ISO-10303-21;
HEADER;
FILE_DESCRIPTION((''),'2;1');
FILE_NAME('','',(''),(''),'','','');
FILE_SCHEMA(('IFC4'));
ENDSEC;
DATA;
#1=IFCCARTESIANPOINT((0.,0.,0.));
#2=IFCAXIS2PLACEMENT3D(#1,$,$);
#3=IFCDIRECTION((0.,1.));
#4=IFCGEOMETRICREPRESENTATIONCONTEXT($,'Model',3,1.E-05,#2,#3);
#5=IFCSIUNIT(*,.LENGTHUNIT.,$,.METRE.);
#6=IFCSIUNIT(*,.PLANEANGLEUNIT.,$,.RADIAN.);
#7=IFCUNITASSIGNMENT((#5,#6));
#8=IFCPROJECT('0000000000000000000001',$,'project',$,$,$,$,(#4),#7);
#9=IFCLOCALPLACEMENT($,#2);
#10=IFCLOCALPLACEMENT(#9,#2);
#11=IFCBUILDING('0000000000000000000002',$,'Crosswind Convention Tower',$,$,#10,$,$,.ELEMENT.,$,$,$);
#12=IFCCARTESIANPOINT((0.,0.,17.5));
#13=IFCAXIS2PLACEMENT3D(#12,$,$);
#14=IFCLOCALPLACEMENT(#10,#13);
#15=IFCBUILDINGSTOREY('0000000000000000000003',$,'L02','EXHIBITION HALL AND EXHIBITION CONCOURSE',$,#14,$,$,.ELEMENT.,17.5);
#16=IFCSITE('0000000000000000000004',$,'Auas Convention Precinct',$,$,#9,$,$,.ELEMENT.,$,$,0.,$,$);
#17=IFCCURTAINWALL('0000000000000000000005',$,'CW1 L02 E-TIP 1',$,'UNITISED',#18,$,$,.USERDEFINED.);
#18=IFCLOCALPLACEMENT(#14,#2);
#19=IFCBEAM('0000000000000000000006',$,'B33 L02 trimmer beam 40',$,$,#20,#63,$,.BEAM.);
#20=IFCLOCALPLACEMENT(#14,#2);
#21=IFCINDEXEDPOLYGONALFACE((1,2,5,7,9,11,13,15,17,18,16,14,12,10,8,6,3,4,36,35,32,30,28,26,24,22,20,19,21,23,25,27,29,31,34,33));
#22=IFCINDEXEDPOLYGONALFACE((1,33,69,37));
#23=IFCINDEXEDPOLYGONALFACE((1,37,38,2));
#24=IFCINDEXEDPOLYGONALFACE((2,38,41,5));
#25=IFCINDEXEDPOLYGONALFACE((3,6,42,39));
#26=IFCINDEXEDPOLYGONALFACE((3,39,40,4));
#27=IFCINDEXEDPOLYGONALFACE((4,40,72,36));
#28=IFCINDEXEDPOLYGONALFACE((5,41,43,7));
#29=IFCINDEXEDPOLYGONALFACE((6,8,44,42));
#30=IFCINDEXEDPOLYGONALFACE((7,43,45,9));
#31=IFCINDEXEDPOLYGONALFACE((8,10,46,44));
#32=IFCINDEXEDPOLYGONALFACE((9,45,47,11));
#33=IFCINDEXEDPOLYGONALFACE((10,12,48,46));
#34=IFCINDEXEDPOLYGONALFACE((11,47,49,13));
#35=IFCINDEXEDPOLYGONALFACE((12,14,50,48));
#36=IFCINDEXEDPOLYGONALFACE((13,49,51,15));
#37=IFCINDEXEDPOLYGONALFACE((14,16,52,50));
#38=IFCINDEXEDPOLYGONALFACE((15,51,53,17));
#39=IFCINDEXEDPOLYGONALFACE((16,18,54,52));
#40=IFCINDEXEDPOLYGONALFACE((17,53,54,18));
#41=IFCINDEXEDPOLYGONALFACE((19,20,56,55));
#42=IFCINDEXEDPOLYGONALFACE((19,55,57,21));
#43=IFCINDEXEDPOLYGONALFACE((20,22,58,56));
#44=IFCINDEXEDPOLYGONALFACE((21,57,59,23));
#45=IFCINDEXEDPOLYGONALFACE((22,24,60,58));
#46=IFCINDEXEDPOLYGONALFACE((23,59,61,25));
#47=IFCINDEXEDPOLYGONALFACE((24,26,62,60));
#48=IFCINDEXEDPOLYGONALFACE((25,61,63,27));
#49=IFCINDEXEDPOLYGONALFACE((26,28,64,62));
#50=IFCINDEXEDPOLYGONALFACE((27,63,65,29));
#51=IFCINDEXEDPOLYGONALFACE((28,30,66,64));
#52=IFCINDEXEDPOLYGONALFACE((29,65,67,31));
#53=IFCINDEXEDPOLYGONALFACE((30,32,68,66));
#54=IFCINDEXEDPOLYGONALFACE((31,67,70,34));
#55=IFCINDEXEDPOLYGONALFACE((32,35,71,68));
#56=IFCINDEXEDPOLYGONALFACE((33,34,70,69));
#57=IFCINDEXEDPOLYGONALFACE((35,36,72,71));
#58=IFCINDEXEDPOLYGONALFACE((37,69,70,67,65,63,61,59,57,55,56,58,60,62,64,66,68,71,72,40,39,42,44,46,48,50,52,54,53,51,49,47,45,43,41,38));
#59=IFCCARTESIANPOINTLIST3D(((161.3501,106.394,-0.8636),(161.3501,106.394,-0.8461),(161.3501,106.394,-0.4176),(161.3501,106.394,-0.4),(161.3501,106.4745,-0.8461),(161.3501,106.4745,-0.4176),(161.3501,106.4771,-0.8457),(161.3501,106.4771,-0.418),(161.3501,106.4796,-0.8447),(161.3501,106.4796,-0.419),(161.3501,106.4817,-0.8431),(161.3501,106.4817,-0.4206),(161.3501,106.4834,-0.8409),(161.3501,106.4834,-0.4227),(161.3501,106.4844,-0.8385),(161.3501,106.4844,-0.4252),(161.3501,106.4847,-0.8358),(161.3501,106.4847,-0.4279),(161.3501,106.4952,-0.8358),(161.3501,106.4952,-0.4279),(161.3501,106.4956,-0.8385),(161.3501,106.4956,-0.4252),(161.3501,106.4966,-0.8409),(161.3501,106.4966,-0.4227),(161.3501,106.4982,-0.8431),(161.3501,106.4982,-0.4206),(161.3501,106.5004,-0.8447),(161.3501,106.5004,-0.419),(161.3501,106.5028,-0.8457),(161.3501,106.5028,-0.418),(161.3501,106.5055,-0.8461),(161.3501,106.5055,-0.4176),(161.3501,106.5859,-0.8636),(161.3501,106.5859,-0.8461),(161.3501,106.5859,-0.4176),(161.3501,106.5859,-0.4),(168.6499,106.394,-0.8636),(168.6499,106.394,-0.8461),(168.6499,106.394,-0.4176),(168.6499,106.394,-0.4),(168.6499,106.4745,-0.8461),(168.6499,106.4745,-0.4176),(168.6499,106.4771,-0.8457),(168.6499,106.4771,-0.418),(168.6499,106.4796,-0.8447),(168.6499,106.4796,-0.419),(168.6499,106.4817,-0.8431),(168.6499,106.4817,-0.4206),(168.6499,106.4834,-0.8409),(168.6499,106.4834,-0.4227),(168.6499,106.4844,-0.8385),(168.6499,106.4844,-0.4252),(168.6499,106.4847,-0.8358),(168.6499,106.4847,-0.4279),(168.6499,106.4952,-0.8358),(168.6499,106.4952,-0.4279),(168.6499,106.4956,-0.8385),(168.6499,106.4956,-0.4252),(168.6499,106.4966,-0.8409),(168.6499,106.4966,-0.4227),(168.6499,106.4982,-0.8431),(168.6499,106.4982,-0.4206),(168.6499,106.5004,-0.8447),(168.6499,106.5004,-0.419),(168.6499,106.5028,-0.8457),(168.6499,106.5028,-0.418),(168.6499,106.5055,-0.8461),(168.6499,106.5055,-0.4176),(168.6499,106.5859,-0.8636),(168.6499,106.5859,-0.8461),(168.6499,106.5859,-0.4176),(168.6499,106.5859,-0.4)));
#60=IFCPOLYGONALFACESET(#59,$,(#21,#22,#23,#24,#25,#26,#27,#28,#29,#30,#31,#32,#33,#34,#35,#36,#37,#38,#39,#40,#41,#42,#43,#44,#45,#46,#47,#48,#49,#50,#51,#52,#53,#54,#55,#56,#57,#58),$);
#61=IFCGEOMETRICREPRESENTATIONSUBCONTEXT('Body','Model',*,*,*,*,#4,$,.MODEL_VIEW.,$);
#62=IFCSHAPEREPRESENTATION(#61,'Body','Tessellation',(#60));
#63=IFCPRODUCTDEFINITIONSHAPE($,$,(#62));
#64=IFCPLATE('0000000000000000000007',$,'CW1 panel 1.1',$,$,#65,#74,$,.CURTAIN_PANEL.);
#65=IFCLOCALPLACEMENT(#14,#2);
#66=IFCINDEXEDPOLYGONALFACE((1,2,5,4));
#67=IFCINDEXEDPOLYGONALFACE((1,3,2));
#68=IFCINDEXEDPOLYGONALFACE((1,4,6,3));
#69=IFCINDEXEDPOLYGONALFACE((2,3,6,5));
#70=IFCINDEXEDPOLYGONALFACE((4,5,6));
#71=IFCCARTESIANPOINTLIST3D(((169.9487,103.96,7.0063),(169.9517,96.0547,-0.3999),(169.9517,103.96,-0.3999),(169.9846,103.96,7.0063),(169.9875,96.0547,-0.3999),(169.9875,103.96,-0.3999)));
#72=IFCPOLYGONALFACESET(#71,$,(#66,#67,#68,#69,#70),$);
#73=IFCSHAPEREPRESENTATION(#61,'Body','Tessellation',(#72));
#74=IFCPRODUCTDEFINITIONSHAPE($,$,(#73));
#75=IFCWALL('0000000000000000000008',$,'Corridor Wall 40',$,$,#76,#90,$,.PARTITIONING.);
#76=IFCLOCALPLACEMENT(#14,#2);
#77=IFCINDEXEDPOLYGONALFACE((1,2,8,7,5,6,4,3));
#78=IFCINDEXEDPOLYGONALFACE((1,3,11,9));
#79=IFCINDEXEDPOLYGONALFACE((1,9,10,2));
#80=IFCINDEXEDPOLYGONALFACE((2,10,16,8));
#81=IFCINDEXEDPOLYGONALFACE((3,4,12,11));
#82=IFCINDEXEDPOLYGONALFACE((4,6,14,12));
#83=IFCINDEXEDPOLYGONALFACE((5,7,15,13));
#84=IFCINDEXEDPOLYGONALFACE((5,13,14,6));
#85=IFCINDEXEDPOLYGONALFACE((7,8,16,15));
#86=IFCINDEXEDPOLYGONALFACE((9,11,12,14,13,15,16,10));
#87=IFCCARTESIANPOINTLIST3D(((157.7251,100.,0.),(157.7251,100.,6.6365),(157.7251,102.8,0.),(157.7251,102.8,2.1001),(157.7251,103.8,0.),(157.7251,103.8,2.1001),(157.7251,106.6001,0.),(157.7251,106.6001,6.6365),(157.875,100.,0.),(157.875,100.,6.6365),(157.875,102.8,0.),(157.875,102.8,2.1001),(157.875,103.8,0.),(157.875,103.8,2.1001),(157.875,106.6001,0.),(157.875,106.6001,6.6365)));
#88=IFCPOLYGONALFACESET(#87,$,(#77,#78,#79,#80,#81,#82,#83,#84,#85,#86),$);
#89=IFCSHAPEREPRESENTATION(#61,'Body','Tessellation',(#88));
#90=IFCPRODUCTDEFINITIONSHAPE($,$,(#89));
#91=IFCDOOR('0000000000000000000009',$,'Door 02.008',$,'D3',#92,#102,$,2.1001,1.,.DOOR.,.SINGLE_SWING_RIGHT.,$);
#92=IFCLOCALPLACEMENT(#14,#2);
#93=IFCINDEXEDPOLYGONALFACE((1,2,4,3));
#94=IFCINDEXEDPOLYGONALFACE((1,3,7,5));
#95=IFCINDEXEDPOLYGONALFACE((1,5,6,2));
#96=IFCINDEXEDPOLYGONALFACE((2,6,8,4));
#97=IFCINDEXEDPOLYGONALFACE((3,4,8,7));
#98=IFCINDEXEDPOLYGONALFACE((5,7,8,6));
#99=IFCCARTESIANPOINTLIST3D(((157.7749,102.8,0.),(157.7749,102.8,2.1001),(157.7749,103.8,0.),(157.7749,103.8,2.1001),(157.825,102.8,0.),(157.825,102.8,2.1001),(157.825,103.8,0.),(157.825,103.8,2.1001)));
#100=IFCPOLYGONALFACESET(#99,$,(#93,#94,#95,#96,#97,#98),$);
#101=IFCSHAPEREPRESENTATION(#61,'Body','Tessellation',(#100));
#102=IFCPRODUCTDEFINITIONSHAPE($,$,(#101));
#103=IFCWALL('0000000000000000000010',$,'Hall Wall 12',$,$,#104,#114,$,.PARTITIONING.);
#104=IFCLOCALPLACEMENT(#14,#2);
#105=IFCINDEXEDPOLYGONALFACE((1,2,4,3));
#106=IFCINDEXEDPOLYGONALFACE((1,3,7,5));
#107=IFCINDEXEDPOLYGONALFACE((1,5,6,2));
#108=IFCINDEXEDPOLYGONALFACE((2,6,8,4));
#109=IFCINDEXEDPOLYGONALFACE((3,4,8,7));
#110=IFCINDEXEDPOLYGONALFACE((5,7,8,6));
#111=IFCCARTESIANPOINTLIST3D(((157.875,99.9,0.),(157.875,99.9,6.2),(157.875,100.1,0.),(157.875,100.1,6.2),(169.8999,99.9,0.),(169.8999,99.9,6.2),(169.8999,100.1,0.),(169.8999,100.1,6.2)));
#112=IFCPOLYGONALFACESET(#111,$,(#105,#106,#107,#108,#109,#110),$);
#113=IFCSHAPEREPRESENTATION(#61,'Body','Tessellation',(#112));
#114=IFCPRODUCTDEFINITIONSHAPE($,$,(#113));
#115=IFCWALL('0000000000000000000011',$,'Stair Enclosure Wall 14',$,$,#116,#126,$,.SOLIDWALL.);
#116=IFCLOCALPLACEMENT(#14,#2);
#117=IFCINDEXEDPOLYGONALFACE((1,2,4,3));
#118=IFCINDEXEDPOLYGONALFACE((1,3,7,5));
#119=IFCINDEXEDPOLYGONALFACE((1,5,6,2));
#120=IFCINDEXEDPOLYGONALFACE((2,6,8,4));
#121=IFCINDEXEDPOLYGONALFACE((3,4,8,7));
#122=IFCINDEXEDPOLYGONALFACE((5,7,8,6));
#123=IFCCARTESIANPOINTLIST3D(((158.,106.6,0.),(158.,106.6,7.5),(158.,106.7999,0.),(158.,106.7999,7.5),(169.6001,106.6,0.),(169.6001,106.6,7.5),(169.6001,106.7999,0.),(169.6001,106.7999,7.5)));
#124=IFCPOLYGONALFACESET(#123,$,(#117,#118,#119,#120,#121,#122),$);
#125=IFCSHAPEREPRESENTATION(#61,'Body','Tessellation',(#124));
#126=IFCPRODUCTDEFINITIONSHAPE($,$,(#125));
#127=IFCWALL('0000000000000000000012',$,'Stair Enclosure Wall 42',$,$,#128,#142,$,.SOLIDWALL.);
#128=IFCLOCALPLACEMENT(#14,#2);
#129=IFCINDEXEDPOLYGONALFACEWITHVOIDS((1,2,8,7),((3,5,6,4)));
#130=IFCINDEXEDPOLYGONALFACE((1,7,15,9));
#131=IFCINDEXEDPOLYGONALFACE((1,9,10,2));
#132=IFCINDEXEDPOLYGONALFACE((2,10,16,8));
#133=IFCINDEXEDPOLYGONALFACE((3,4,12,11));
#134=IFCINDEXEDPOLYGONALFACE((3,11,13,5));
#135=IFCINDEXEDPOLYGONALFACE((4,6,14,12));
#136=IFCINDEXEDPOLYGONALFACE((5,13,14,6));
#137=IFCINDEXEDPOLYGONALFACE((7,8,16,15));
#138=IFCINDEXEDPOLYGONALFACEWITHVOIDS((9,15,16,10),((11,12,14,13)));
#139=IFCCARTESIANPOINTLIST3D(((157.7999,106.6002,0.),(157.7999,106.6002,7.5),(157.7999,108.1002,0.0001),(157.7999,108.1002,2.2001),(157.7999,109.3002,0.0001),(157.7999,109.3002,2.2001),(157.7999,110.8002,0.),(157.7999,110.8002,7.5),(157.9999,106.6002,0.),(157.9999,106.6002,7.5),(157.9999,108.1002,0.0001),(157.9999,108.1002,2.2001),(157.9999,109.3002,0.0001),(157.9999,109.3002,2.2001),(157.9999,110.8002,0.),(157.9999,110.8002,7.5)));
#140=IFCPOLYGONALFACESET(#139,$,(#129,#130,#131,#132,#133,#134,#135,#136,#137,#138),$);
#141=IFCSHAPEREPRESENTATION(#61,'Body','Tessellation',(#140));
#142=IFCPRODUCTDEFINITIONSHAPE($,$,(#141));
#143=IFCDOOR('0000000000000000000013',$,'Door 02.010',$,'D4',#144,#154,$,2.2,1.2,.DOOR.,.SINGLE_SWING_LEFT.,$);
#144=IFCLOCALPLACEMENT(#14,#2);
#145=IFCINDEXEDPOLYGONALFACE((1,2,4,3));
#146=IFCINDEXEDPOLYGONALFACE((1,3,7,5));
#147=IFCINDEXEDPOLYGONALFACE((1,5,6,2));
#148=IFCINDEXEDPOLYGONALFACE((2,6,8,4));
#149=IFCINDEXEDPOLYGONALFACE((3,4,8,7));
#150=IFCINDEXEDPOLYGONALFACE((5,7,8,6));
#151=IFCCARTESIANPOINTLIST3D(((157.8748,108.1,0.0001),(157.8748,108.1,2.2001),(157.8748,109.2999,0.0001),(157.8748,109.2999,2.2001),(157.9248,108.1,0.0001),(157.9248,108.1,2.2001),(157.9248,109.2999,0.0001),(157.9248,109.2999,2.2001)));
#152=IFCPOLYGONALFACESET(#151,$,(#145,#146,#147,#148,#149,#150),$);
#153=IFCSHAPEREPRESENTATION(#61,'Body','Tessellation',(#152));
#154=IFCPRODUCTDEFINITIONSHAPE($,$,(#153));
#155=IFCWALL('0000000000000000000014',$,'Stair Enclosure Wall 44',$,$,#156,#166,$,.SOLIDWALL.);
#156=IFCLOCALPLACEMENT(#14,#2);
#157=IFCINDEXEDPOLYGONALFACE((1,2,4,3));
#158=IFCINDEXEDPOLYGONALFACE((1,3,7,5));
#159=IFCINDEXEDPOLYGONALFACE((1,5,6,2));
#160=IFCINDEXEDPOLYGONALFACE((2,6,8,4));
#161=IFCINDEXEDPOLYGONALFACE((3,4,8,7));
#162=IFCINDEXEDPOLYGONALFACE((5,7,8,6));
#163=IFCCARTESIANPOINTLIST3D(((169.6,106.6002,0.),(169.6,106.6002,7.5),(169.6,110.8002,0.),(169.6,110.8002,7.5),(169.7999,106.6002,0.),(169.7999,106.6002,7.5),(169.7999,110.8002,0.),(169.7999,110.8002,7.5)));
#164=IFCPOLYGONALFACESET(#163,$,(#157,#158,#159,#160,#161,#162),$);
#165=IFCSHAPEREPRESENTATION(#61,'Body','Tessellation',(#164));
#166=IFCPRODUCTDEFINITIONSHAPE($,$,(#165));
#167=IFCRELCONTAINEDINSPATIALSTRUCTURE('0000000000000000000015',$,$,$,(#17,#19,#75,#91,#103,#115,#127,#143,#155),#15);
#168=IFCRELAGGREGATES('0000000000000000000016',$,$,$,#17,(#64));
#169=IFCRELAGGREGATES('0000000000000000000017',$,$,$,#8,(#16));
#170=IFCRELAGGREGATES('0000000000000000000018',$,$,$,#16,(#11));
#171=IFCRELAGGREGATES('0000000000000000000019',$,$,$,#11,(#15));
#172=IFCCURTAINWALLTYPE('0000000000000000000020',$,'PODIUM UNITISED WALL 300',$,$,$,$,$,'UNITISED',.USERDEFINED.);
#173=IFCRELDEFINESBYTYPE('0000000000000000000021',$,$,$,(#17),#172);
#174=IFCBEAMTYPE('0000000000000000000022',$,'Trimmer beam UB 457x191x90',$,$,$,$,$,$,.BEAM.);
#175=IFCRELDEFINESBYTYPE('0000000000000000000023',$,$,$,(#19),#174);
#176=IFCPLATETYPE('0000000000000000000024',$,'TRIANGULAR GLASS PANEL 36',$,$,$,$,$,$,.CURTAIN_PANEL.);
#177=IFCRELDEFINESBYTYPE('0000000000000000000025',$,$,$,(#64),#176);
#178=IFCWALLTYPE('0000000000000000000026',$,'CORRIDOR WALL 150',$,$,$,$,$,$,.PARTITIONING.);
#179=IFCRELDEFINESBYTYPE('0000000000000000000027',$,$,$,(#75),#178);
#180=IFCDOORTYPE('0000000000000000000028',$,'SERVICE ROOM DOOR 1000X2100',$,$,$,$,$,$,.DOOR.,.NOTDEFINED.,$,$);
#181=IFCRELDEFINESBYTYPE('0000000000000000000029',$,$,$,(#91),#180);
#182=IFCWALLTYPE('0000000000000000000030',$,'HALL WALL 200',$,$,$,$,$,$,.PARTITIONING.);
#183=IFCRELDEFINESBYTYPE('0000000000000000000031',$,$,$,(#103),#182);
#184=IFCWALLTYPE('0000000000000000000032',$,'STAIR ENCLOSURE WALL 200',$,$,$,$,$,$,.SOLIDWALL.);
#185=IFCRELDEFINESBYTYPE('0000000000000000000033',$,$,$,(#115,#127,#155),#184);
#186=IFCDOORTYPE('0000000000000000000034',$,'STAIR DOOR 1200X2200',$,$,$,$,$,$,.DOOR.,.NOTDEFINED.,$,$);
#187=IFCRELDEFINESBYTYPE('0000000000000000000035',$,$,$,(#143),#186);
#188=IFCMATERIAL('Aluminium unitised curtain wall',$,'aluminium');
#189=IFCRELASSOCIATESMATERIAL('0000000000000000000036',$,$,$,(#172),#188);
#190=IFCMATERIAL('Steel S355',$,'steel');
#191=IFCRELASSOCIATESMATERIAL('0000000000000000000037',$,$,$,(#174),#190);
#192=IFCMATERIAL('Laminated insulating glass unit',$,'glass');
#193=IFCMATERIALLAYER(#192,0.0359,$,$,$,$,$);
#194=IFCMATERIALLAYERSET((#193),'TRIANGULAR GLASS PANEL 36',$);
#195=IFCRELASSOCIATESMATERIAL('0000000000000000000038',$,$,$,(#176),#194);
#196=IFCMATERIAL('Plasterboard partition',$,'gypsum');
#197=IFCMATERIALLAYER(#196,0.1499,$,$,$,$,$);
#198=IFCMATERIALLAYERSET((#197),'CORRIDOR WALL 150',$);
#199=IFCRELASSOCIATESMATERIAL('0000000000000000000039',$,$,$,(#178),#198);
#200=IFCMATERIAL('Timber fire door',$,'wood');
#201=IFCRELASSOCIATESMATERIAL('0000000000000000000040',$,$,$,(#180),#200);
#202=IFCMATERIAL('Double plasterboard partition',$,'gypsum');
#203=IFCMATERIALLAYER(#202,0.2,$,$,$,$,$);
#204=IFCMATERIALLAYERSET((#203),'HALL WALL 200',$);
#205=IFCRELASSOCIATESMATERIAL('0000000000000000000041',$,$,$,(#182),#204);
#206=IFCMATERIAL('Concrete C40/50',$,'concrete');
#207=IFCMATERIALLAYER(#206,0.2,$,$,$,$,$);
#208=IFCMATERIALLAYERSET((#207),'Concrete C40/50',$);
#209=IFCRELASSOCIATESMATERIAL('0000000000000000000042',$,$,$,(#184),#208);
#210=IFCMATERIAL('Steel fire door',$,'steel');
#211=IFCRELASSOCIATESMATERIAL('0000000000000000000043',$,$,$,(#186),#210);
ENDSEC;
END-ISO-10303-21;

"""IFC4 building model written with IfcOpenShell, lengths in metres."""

from ifc_helpers import new_model, si_unit, direction, frame, frame_2d, origin, origin_2d, place, context, subcontext, project, spatial, polyline, rectangle, i_section, outline, extrude, material, layer, layer_set, material_profile, profile_set, type_object, element, fill, aggregate, save


model = new_model("IFC4")

# Units and contexts
model_context = context("Model", 3, precision=1e-05, world=origin(), true_north=direction((0.0, 1.0)))
body_context = subcontext(model_context, "Body", "Model", "MODEL_VIEW")
ifc_project = project(units=[si_unit("LENGTHUNIT", "METRE"), si_unit("PLANEANGLEUNIT", "RADIAN")], contexts=[model_context])

# Site, building, storey
site_placement = place(None, origin())
site = spatial("IfcSite", under=ifc_project, at=site_placement, Name="Auas Convention Precinct", CompositionType="ELEMENT", RefElevation=0.0)
building_placement = place(site_placement, origin())
building = spatial("IfcBuilding", under=site, at=building_placement, Name="Crosswind Convention Tower", CompositionType="ELEMENT")
storey_placement = place(building_placement, frame((0.0, 0.0, 17.5)))
storey = spatial("IfcBuildingStorey", under=building, at=storey_placement, Name="L02", Description="EXHIBITION HALL AND EXHIBITION CONCOURSE", CompositionType="ELEMENT", Elevation=17.5)

# Curtain wall
ifc_material_1 = material(Name="Aluminium unitised curtain wall", Category="aluminium")
curtain_wall_type = type_object("IfcCurtainWallType", Name="PODIUM UNITISED WALL 300", ElementType="UNITISED", PredefinedType="USERDEFINED", material=ifc_material_1)
curtain_wall_placement = place(storey_placement, origin())
curtain_wall = element("IfcCurtainWall", 1, at=curtain_wall_placement, inside=storey, type_object=curtain_wall_type, Name="CW1 L02 E-TIP 1", ObjectType="UNITISED", PredefinedType="USERDEFINED")

# Beam
ifc_material_2 = material(Name="Steel S355", Category="steel")
ifc_material_profile_1 = material_profile(ifc_material_2, i_section(OverallWidth=0.1919, OverallDepth=0.4636, WebThickness=0.0105, FlangeThickness=0.0176, FilletRadius=0.0103, at=origin_2d()), Name="UB 457x191x90")
ifc_profile_set_1 = profile_set([ifc_material_profile_1], Name="Steel S355")
beam_type_1 = type_object("IfcBeamType", Name="Trimmer beam UB 457x191x90", PredefinedType="BEAM", material=ifc_profile_set_1)
beam_placement = place(storey_placement, frame((161.3501, 106.49, -0.6318), z_axis=(1.0, 0.0, 0.0), x_axis=(0.0, 1.0, 0.0)))
element("IfcBeam", 2, at=beam_placement, inside=storey, type_object=beam_type_1, Name="B33 L02 trimmer beam 40", PredefinedType="BEAM", context=body_context, shape_type="SweptSolid", body=[
    extrude(i_section(OverallWidth=0.1919, OverallDepth=0.4636, WebThickness=0.0105, FlangeThickness=0.0176, FilletRadius=0.0103, at=origin_2d()), origin(), (0.0, 0.0, 1.0), 7.2998),
])

# Plate
ifc_material_3 = material(Name="Laminated insulating glass unit", Category="glass")
ifc_layer_1 = layer(ifc_material_3, 0.0359)
ifc_layer_set_1 = layer_set([ifc_layer_1], Name="TRIANGULAR GLASS PANEL 36")
plate_type = type_object("IfcPlateType", Name="TRIANGULAR GLASS PANEL 36", PredefinedType="CURTAIN_PANEL", material=ifc_layer_set_1)
plate_placement = place(storey_placement, frame((169.9875, 103.96, -0.3999), z_axis=(1.0, 0.0, 0.000396), x_axis=(-0.000396, 0.0, 1.0)))
plate = element("IfcPlate", 3, at=plate_placement, type_object=plate_type, Name="CW1 panel 1.1", PredefinedType="CURTAIN_PANEL", context=body_context, shape_type="SweptSolid", body=[
    extrude(outline(polyline([(0.0, 0.0), (7.4063, 0.0), (0.0, 7.9053), (0.0, 0.0)])), origin(), (0.0, 0.0, -1.0), 0.0359),
])
aggregate(curtain_wall, [plate])

# Wall, opening, door
ifc_material_4 = material(Name="Plasterboard partition", Category="gypsum")
ifc_layer_2 = layer(ifc_material_4, 0.1499)
ifc_layer_set_2 = layer_set([ifc_layer_2], Name="CORRIDOR WALL 150")
wall_type_1 = type_object("IfcWallType", Name="CORRIDOR WALL 150", PredefinedType="PARTITIONING", material=ifc_layer_set_2)
wall_1_placement = place(storey_placement, frame((157.8, 100.0, 0.0), z_axis=(0.0, 0.0, 1.0), x_axis=(0.0, 1.0, 0.0)))
wall_1 = element("IfcWall", 4, at=wall_1_placement, inside=storey, type_object=wall_type_1, Name="Corridor Wall 40", PredefinedType="PARTITIONING", context=body_context, shape_type="SweptSolid", body=[
    extrude(rectangle(XDim=6.6001, YDim=0.1499, at=frame_2d((3.3, 0.0))), origin(), (0.0, 0.0, 1.0), 6.6365),
])
opening_1_placement = place(wall_1_placement, frame((2.8, 0.0, 0.0)))
opening_1 = element("IfcOpeningElement", 5, at=opening_1_placement, cuts=wall_1, PredefinedType="OPENING", context=body_context, shape_type="SweptSolid", body=[
    extrude(rectangle(XDim=1.0, YDim=2.1001, at=frame_2d((0.5, 1.05))), frame((0.0, 0.085, 0.0), z_axis=(0.0, -1.0, 0.0), x_axis=(1.0, 0.0, 0.0)), (0.0, 0.0, 1.0), 0.1699),
])
ifc_material_5 = material(Name="Timber fire door", Category="wood")
door_type_1 = type_object("IfcDoorType", Name="SERVICE ROOM DOOR 1000X2100", OperationType="NOTDEFINED", PredefinedType="DOOR", material=ifc_material_5)
door_1_placement = place(opening_1_placement, frame((1.0, 0.0, 0.0), z_axis=(0.0, 0.0, 1.0), x_axis=(-1.0, 0.0, 0.0)))
door_1 = element("IfcDoor", 6, at=door_1_placement, inside=storey, type_object=door_type_1, Name="Door 02.008", ObjectType="D3", OperationType="SINGLE_SWING_RIGHT", OverallHeight=2.1001, OverallWidth=1.0, PredefinedType="DOOR", context=body_context, shape_type="SweptSolid", body=[
    extrude(rectangle(XDim=1.0, YDim=2.1001, at=frame_2d((0.5, 1.05))), frame((0.0, 0.0249, 0.0), z_axis=(0.0, -1.0, 0.0), x_axis=(1.0, 0.0, 0.0)), (0.0, 0.0, 1.0), 0.05),
])
fill(opening_1, door_1)

# Walls
ifc_material_6 = material(Name="Double plasterboard partition", Category="gypsum")
ifc_layer_3 = layer(ifc_material_6, 0.2)
ifc_layer_set_3 = layer_set([ifc_layer_3], Name="HALL WALL 200")
wall_type_2 = type_object("IfcWallType", Name="HALL WALL 200", PredefinedType="PARTITIONING", material=ifc_layer_set_3)
wall_2_placement = place(storey_placement, frame((157.875, 100.0, 0.0), z_axis=(0.0, 0.0, 1.0), x_axis=(1.0, 0.0, 0.0)))
element("IfcWall", 7, at=wall_2_placement, inside=storey, type_object=wall_type_2, Name="Hall Wall 12", PredefinedType="PARTITIONING", context=body_context, shape_type="SweptSolid", body=[
    extrude(rectangle(XDim=12.0249, YDim=0.2, at=frame_2d((6.0125, 0.0))), origin(), (0.0, 0.0, 1.0), 6.2),
])
ifc_material_7 = material(Name="Concrete C40/50", Category="concrete")
ifc_layer_4 = layer(ifc_material_7, 0.2)
ifc_layer_set_4 = layer_set([ifc_layer_4], Name="Concrete C40/50")
wall_type_3 = type_object("IfcWallType", Name="STAIR ENCLOSURE WALL 200", PredefinedType="SOLIDWALL", material=ifc_layer_set_4)
wall_3_placement = place(storey_placement, frame((158.0, 106.7, 0.0), z_axis=(0.0, 0.0, 1.0), x_axis=(1.0, 0.0, 0.0)))
element("IfcWall", 8, at=wall_3_placement, inside=storey, type_object=wall_type_3, Name="Stair Enclosure Wall 14", PredefinedType="SOLIDWALL", context=body_context, shape_type="SweptSolid", body=[
    extrude(rectangle(XDim=11.6001, YDim=0.2, at=frame_2d((5.8, 0.0))), origin(), (0.0, 0.0, 1.0), 7.5),
])

# Wall, opening, door
wall_4_placement = place(storey_placement, frame((157.8999, 106.6001, 0.0), z_axis=(0.0, 0.0, 1.0), x_axis=(0.0, 1.0, 0.0)))
wall_4 = element("IfcWall", 9, at=wall_4_placement, inside=storey, type_object=wall_type_3, Name="Stair Enclosure Wall 42", PredefinedType="SOLIDWALL", context=body_context, shape_type="SweptSolid", body=[
    extrude(rectangle(XDim=4.2, YDim=0.2, at=frame_2d((2.1001, 0.0))), origin(), (0.0, 0.0, 1.0), 7.5),
])
opening_2_placement = place(wall_4_placement, frame((1.5, 0.0, 0.0)))
opening_2 = element("IfcOpeningElement", 10, at=opening_2_placement, cuts=wall_4, PredefinedType="OPENING", context=body_context, shape_type="SweptSolid", body=[
    extrude(rectangle(XDim=1.2, YDim=2.2, at=frame_2d((0.6001, 1.1001))), frame((0.0, 0.1099, 0.0), z_axis=(0.0, -1.0, 0.0), x_axis=(1.0, 0.0, 0.0)), (0.0, 0.0, 1.0), 0.22),
])
ifc_material_8 = material(Name="Steel fire door", Category="steel")
door_type_2 = type_object("IfcDoorType", Name="STAIR DOOR 1200X2200", OperationType="NOTDEFINED", PredefinedType="DOOR", material=ifc_material_8)
door_2_placement = place(opening_2_placement, frame((1.2, 0.0, 0.0), z_axis=(0.0, 0.0, 1.0), x_axis=(-1.0, 0.0, 0.0)))
door_2 = element("IfcDoor", 11, at=door_2_placement, inside=storey, type_object=door_type_2, Name="Door 02.010", ObjectType="D4", OperationType="SINGLE_SWING_LEFT", OverallHeight=2.2, OverallWidth=1.2, PredefinedType="DOOR", context=body_context, shape_type="SweptSolid", body=[
    extrude(rectangle(XDim=1.2, YDim=2.2, at=frame_2d((0.6001, 1.1001))), frame((0.0, 0.0249, 0.0), z_axis=(0.0, -1.0, 0.0), x_axis=(1.0, 0.0, 0.0)), (0.0, 0.0, 1.0), 0.05),
])
fill(opening_2, door_2)

# Wall
wall_5_placement = place(storey_placement, frame((169.7, 106.6001, 0.0), z_axis=(0.0, 0.0, 1.0), x_axis=(0.0, 1.0, 0.0)))
element("IfcWall", 12, at=wall_5_placement, inside=storey, type_object=wall_type_3, Name="Stair Enclosure Wall 44", PredefinedType="SOLIDWALL", context=body_context, shape_type="SweptSolid", body=[
    extrude(rectangle(XDim=4.2, YDim=0.2, at=frame_2d((2.1001, 0.0))), origin(), (0.0, 0.0, 1.0), 7.5),
])

save(model, "model.ifc")
